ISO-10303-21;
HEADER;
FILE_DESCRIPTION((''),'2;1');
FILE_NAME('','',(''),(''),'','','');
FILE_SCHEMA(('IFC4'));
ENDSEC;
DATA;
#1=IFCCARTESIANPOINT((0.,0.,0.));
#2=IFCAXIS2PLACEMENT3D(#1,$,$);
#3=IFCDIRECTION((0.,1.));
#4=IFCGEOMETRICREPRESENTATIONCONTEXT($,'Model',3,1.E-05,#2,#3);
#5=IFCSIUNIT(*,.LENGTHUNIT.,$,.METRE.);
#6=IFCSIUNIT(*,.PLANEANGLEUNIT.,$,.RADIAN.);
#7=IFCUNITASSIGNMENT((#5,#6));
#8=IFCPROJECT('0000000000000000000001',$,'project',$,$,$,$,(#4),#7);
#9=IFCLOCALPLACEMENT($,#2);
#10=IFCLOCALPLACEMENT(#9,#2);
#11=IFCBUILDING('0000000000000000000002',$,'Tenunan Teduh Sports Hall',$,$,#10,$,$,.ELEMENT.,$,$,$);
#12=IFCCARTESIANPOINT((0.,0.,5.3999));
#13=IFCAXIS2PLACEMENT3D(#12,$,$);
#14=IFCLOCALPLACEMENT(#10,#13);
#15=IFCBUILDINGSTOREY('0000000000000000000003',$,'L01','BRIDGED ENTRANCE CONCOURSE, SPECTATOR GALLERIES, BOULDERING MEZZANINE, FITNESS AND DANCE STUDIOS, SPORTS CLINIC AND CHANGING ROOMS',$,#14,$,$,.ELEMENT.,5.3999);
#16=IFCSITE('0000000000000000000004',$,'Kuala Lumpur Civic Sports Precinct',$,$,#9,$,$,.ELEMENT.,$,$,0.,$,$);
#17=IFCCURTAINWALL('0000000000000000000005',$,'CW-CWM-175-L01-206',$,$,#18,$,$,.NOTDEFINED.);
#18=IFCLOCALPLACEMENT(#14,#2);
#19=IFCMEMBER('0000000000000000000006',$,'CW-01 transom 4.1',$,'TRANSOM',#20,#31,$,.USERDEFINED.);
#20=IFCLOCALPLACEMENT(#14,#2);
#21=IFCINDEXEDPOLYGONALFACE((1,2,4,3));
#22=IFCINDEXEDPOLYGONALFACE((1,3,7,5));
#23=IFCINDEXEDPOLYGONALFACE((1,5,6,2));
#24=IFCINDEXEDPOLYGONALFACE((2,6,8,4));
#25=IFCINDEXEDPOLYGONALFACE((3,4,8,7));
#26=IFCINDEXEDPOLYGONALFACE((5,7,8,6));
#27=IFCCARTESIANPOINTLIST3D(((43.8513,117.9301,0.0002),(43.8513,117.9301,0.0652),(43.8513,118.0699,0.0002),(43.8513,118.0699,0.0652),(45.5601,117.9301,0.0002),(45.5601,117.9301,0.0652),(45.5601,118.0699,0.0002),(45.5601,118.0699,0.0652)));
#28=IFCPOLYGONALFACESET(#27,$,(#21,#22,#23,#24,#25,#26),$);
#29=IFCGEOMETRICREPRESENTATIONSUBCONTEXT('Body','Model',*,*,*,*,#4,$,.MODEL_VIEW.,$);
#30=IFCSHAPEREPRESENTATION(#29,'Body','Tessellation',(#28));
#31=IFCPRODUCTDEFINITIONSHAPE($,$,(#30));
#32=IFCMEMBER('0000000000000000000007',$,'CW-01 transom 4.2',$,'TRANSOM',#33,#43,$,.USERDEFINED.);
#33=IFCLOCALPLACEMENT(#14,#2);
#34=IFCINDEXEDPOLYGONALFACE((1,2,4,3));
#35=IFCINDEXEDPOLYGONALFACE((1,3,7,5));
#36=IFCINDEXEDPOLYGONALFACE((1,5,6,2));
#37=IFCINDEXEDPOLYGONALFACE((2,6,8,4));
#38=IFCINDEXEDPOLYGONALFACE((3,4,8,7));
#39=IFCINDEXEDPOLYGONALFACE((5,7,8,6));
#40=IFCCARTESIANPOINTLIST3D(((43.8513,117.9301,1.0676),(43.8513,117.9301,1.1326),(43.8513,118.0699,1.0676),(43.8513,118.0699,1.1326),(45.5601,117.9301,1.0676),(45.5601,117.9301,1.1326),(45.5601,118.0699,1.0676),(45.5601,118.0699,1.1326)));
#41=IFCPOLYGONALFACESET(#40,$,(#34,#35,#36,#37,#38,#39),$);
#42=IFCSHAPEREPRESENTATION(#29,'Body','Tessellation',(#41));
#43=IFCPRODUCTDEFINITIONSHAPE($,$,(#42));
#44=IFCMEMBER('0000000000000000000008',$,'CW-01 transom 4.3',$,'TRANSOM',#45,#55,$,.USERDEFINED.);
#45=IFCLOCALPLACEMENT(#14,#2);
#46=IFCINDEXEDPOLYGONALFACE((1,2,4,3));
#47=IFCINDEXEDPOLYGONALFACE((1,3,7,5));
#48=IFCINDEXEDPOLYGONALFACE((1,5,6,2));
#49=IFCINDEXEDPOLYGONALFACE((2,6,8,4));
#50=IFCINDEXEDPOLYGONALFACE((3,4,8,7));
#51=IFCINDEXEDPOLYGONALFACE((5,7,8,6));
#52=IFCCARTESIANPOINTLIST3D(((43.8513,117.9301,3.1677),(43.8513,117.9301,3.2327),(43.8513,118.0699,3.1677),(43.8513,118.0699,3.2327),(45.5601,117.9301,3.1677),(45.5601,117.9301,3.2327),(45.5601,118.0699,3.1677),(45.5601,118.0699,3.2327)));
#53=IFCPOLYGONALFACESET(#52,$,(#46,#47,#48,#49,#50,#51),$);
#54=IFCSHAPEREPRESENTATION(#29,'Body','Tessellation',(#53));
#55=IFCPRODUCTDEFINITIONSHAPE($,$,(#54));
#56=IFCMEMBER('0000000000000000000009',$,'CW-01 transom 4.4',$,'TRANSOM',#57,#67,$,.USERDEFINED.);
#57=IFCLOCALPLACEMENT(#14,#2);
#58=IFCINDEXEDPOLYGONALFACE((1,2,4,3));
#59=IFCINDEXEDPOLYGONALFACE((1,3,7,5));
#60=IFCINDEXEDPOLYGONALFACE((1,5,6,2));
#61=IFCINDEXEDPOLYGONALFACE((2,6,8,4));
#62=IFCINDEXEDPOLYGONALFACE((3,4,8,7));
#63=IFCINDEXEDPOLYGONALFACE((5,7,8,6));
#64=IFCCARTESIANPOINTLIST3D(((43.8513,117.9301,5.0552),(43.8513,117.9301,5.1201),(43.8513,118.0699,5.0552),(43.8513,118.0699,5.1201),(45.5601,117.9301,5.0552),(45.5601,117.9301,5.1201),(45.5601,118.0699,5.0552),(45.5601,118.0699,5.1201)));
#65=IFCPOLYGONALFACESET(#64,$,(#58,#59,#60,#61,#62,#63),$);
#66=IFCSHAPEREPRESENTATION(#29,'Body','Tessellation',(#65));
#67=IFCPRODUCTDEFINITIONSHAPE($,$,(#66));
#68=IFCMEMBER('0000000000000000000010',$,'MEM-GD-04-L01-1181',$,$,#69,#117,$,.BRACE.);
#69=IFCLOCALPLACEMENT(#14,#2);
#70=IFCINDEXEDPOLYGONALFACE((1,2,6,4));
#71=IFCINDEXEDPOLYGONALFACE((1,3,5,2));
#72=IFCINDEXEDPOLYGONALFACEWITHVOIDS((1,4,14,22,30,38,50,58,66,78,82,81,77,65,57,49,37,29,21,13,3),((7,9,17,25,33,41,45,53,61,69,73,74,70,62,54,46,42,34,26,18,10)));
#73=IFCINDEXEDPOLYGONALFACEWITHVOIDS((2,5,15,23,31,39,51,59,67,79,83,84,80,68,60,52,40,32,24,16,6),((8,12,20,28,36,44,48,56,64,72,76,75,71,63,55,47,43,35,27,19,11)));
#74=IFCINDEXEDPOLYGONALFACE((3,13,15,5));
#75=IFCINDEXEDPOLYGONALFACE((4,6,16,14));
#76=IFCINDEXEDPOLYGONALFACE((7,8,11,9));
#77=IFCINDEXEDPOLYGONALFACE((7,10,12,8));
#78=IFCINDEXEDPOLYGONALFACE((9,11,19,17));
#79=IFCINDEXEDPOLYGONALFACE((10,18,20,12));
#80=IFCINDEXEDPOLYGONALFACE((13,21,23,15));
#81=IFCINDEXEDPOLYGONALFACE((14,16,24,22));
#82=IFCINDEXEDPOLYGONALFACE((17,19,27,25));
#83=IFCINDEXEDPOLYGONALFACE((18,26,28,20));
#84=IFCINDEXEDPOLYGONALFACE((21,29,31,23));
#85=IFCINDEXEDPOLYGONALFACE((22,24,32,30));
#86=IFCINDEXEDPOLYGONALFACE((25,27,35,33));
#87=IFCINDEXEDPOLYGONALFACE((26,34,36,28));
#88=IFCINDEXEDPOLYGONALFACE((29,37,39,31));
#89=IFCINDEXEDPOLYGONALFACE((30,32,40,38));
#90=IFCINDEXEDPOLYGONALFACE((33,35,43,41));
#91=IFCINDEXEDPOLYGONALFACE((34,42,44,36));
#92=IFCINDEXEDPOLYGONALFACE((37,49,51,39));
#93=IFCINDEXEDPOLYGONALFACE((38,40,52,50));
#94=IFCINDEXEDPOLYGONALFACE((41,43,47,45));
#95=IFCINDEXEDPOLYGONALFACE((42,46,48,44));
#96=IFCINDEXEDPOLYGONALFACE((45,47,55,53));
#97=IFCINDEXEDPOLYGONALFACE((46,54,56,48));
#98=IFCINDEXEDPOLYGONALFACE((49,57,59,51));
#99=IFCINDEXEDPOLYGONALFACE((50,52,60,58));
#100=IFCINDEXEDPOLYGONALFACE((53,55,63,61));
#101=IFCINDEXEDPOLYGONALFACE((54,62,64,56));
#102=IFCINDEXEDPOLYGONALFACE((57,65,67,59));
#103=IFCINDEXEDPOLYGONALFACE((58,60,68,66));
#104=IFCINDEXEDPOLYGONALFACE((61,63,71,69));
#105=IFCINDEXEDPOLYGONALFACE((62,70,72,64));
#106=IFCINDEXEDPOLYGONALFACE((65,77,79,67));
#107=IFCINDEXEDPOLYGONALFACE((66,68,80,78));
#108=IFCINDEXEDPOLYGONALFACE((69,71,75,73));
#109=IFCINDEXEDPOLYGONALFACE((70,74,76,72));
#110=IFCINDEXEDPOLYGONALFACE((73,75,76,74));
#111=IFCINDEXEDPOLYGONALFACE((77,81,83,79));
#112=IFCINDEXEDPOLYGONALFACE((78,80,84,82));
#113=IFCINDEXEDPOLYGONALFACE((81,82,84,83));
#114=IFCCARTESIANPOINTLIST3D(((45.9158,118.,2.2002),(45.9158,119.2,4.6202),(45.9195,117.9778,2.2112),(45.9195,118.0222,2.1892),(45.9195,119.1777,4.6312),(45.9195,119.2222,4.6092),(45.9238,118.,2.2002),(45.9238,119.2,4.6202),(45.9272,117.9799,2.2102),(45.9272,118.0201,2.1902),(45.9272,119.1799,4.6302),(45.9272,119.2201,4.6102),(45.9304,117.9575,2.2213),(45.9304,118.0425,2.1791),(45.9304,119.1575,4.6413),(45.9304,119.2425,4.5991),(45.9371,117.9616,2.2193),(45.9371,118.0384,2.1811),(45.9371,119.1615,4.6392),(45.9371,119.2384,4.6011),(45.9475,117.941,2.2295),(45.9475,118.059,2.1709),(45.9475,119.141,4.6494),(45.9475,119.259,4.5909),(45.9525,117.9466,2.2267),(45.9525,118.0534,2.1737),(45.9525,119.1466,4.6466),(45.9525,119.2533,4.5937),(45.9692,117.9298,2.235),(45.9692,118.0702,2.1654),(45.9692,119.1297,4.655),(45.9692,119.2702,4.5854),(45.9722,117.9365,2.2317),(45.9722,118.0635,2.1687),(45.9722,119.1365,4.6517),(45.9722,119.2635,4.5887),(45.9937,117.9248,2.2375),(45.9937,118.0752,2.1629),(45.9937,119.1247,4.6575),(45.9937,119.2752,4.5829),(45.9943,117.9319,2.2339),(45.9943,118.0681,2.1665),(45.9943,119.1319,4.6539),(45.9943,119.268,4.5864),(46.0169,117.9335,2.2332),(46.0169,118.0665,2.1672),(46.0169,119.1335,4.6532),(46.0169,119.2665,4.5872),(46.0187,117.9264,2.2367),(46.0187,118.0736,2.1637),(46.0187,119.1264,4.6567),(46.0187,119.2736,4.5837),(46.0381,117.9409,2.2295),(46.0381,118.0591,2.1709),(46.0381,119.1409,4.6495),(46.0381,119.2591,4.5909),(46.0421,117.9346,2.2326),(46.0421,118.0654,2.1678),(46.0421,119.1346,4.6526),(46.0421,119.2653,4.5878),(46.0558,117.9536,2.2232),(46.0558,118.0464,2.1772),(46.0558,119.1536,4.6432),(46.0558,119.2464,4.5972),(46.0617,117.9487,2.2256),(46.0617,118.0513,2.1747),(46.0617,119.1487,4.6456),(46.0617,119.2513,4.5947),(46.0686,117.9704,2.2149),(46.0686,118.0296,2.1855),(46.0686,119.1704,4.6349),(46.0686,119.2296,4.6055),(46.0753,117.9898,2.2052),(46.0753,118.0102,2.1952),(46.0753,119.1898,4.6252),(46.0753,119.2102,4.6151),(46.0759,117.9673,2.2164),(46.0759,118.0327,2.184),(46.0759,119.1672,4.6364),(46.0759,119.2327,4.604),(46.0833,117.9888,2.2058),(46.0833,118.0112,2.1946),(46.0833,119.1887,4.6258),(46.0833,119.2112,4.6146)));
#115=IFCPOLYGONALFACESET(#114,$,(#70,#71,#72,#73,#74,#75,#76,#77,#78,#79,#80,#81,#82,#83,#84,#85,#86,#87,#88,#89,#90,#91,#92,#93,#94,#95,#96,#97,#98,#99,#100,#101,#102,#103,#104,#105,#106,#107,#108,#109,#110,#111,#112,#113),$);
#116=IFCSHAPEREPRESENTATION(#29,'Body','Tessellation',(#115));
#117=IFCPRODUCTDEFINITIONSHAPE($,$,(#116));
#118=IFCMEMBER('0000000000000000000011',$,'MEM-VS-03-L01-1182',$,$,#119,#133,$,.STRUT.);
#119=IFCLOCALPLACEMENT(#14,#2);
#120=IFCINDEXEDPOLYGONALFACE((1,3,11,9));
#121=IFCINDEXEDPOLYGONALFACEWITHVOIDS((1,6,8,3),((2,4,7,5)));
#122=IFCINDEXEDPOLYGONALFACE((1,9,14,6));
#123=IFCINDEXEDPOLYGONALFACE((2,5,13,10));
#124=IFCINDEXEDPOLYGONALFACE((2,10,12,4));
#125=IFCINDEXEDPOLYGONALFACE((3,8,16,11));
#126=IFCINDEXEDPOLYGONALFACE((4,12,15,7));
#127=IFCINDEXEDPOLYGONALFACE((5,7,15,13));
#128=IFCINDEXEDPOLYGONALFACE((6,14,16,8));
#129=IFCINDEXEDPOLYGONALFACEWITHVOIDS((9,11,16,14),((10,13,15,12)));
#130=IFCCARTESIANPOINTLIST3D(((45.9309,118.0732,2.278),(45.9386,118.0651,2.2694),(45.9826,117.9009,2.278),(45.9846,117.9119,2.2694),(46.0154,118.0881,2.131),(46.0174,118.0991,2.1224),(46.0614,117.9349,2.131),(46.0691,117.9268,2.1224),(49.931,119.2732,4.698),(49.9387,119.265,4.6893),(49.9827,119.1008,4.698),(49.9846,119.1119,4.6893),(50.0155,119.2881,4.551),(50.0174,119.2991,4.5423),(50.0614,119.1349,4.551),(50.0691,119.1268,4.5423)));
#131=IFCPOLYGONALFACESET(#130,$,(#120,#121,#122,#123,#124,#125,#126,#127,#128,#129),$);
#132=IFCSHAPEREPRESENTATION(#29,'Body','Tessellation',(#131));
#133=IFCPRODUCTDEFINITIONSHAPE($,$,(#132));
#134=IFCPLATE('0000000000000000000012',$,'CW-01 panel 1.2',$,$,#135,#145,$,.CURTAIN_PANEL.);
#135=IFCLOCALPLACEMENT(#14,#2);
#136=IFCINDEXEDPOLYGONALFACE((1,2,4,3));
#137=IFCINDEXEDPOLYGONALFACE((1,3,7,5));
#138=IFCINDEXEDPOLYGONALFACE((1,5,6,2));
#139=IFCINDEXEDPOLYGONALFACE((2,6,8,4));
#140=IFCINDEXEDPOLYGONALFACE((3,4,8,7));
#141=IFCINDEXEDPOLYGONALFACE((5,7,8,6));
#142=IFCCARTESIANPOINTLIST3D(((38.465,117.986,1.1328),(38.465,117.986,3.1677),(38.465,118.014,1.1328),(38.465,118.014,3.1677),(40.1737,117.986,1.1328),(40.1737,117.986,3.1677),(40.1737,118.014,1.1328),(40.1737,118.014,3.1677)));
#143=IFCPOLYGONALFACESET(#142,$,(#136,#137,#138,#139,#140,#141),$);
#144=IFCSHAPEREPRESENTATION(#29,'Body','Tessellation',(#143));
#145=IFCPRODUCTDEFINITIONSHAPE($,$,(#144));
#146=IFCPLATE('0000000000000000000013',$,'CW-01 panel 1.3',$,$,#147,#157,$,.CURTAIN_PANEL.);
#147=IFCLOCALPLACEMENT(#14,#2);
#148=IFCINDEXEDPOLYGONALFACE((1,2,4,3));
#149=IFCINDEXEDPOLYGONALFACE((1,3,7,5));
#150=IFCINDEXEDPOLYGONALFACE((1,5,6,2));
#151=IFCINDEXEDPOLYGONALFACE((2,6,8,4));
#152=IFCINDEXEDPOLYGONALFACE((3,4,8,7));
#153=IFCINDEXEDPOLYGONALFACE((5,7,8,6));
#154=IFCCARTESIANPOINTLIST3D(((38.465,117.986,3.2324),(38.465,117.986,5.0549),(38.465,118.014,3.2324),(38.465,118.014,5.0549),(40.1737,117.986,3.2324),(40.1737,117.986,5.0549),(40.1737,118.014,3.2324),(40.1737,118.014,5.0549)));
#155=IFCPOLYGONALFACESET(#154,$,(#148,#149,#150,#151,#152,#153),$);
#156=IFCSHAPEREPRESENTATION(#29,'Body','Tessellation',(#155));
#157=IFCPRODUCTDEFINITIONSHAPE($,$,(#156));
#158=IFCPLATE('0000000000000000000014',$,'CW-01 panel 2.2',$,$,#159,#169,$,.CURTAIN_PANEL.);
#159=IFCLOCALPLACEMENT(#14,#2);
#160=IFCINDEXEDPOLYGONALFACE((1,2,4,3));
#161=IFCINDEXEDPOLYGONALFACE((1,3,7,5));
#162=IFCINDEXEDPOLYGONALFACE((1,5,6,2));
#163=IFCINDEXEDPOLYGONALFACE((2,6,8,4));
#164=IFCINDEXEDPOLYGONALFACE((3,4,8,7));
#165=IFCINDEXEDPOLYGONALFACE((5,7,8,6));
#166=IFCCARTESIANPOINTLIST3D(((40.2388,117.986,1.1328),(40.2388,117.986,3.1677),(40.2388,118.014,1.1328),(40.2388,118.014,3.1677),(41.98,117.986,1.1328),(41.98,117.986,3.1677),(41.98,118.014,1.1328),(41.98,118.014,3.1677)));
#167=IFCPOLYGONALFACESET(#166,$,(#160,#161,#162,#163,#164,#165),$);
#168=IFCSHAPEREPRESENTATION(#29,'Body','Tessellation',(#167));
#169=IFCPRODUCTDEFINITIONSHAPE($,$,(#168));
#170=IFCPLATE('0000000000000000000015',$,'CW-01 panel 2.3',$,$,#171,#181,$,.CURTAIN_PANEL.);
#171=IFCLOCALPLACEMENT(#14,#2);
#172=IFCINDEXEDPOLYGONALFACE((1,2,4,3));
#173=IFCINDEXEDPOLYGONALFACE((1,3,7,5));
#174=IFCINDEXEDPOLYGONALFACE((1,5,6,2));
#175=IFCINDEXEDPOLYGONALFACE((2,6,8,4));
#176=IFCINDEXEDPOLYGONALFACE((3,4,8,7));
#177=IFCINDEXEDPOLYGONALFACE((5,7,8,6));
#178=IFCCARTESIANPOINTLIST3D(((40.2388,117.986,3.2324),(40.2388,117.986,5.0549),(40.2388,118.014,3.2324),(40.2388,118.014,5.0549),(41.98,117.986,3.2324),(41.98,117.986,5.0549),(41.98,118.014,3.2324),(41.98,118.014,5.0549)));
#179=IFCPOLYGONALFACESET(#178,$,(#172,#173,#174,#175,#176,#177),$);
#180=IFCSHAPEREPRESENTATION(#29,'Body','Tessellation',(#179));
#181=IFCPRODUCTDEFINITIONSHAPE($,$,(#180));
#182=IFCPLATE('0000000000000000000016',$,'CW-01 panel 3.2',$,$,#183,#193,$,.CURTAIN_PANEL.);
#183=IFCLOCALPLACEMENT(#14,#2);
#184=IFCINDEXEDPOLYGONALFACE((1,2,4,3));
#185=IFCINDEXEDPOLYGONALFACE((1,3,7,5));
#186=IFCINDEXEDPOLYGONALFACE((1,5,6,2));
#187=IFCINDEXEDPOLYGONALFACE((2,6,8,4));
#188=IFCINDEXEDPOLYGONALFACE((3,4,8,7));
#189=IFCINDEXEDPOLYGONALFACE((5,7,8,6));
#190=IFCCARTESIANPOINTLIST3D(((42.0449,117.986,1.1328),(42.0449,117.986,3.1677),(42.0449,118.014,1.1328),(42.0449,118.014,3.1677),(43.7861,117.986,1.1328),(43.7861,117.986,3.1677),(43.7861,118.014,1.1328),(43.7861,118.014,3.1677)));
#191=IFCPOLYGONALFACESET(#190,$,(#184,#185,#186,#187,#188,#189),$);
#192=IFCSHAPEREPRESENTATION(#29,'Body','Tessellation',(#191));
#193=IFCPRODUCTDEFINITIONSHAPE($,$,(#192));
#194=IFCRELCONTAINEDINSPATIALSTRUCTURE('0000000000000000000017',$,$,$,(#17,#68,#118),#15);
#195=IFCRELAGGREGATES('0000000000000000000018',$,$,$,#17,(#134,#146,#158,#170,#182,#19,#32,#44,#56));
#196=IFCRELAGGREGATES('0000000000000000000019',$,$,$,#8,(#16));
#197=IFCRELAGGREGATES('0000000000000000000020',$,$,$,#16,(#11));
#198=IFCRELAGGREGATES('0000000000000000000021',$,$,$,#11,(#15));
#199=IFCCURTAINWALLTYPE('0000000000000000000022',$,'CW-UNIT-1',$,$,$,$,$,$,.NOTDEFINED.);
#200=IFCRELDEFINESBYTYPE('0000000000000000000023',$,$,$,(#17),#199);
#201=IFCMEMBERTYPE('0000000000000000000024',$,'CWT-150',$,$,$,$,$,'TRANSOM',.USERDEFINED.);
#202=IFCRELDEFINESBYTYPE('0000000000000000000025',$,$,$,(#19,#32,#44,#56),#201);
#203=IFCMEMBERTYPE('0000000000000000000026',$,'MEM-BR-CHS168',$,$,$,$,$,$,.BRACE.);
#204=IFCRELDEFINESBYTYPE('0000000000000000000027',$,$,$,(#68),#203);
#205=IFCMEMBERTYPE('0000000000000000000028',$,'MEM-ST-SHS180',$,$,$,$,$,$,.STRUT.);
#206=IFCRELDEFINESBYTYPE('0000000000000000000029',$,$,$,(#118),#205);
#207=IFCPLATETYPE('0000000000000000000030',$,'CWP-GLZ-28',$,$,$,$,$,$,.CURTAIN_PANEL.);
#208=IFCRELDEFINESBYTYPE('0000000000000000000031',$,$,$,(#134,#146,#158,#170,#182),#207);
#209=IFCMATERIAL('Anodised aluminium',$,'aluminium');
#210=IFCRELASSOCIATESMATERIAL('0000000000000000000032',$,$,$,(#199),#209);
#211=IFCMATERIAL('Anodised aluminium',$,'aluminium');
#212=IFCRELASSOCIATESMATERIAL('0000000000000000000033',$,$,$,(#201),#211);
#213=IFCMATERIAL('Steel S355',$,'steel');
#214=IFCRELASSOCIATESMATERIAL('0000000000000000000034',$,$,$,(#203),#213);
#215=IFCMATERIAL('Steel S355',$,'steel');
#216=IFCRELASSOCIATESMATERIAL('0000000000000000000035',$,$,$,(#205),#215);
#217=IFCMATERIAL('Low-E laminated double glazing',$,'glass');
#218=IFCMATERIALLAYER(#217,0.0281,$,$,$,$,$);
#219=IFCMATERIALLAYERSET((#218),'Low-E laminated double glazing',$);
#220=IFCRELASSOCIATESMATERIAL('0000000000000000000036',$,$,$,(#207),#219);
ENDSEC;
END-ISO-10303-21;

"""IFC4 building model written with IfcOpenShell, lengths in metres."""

from ifc_helpers import new_model, si_unit, direction, frame, origin, origin_2d, place, context, subcontext, project, spatial, rectangle, hollow_rectangle, hollow_circle, extrude, material, layer, layer_set, material_profile, profile_set, type_object, element, aggregate, save


model = new_model("IFC4")

# Units and contexts
model_context = context("Model", 3, precision=1e-05, world=origin(), true_north=direction((0.0, 1.0)))
body_context = subcontext(model_context, "Body", "Model", "MODEL_VIEW")
ifc_project = project(units=[si_unit("LENGTHUNIT", "METRE"), si_unit("PLANEANGLEUNIT", "RADIAN")], contexts=[model_context])

# Site, building, storey
site_placement = place(None, origin())
site = spatial("IfcSite", under=ifc_project, at=site_placement, Name="Kuala Lumpur Civic Sports Precinct", CompositionType="ELEMENT", RefElevation=0.0)
building_placement = place(site_placement, origin())
building = spatial("IfcBuilding", under=site, at=building_placement, Name="Tenunan Teduh Sports Hall", CompositionType="ELEMENT")
storey_placement = place(building_placement, frame((0.0, 0.0, 5.3999)))
storey = spatial("IfcBuildingStorey", under=building, at=storey_placement, Name="L01", Description="BRIDGED ENTRANCE CONCOURSE, SPECTATOR GALLERIES, BOULDERING MEZZANINE, FITNESS AND DANCE STUDIOS, SPORTS CLINIC AND CHANGING ROOMS", CompositionType="ELEMENT", Elevation=5.3999)

# Curtain wall, members
ifc_material_1 = material(Name="Anodised aluminium", Category="aluminium")
curtain_wall_type = type_object("IfcCurtainWallType", Name="CW-UNIT-1", PredefinedType="NOTDEFINED", material=ifc_material_1)
curtain_wall_placement = place(storey_placement, origin())
curtain_wall = element("IfcCurtainWall", 1, at=curtain_wall_placement, inside=storey, type_object=curtain_wall_type, Name="CW-CWM-175-L01-206", PredefinedType="NOTDEFINED")
ifc_material_2 = material(Name="Anodised aluminium", Category="aluminium")
ifc_material_profile_1 = material_profile(ifc_material_2, rectangle(XDim=0.0649, YDim=0.1399, at=origin_2d()), Name="CWT 65x140")
ifc_profile_set_1 = profile_set([ifc_material_profile_1], Name="Anodised aluminium")
member_type_1 = type_object("IfcMemberType", Name="CWT-150", ElementType="TRANSOM", PredefinedType="USERDEFINED", material=ifc_profile_set_1)
member_1_placement = place(storey_placement, frame((43.8513, 118.0, 0.0327), z_axis=(1.0, 0.0, 0.0), x_axis=(0.0, 0.0, 1.0)))
member_1 = element("IfcMember", 2, at=member_1_placement, type_object=member_type_1, Name="CW-01 transom 4.1", ObjectType="TRANSOM", PredefinedType="USERDEFINED", context=body_context, shape_type="SweptSolid", body=[
    extrude(rectangle(XDim=0.0649, YDim=0.1399, at=origin_2d()), origin(), (0.0, 0.0, 1.0), 1.7087),
])
member_2_placement = place(storey_placement, frame((43.8513, 118.0, 1.1001), z_axis=(1.0, 0.0, 0.0), x_axis=(0.0, 0.0, 1.0)))
member_2 = element("IfcMember", 3, at=member_2_placement, type_object=member_type_1, Name="CW-01 transom 4.2", ObjectType="TRANSOM", PredefinedType="USERDEFINED", context=body_context, shape_type="SweptSolid", body=[
    extrude(rectangle(XDim=0.0649, YDim=0.1399, at=origin_2d()), origin(), (0.0, 0.0, 1.0), 1.7087),
])
member_3_placement = place(storey_placement, frame((43.8513, 118.0, 3.2002), z_axis=(1.0, 0.0, 0.0), x_axis=(0.0, 0.0, 1.0)))
member_3 = element("IfcMember", 4, at=member_3_placement, type_object=member_type_1, Name="CW-01 transom 4.3", ObjectType="TRANSOM", PredefinedType="USERDEFINED", context=body_context, shape_type="SweptSolid", body=[
    extrude(rectangle(XDim=0.0649, YDim=0.1399, at=origin_2d()), origin(), (0.0, 0.0, 1.0), 1.7087),
])
member_4_placement = place(storey_placement, frame((43.8513, 118.0, 5.0876), z_axis=(1.0, 0.0, 0.0), x_axis=(0.0, 0.0, 1.0)))
member_4 = element("IfcMember", 5, at=member_4_placement, type_object=member_type_1, Name="CW-01 transom 4.4", ObjectType="TRANSOM", PredefinedType="USERDEFINED", context=body_context, shape_type="SweptSolid", body=[
    extrude(rectangle(XDim=0.0649, YDim=0.1399, at=origin_2d()), origin(), (0.0, 0.0, 1.0), 1.7087),
])

# Members
ifc_material_3 = material(Name="Steel S355", Category="steel")
ifc_material_profile_2 = material_profile(ifc_material_3, hollow_circle(Radius=0.0842, WallThickness=0.0081, at=origin_2d()), Name="CHS 168.3x8.0")
ifc_profile_set_2 = profile_set([ifc_material_profile_2], Name="Steel S355")
member_type_2 = type_object("IfcMemberType", Name="MEM-BR-CHS168", PredefinedType="BRACE", material=ifc_profile_set_2)
member_5_placement = place(storey_placement, frame((46.0, 118.0, 2.2002), z_axis=(0.0, 0.444246, 0.895905), x_axis=(-1.0, 0.0, 0.0)))
element("IfcMember", 6, at=member_5_placement, inside=storey, type_object=member_type_2, Name="MEM-GD-04-L01-1181", PredefinedType="BRACE", context=body_context, shape_type="SweptSolid", body=[
    extrude(hollow_circle(Radius=0.0842, WallThickness=0.0081, at=origin_2d()), origin(), (0.0, 0.0, 1.0), 2.7012),
])
ifc_material_4 = material(Name="Steel S355", Category="steel")
ifc_material_profile_3 = material_profile(ifc_material_4, hollow_rectangle(XDim=0.1799, YDim=0.1799, WallThickness=0.01, at=origin_2d()), Name="SHS 180x180x10.0")
ifc_profile_set_3 = profile_set([ifc_material_profile_3], Name="Steel S355")
member_type_3 = type_object("IfcMemberType", Name="MEM-ST-SHS180", PredefinedType="STRUT", material=ifc_profile_set_3)
member_6_placement = place(storey_placement, frame((46.0, 118.0, 2.2002), z_axis=(0.828744, 0.248613, 0.501374), x_axis=(-0.287337, 0.95783, 0.0)))
element("IfcMember", 7, at=member_6_placement, inside=storey, type_object=member_type_3, Name="MEM-VS-03-L01-1182", PredefinedType="STRUT", context=body_context, shape_type="SweptSolid", body=[
    extrude(hollow_rectangle(XDim=0.1799, YDim=0.1799, WallThickness=0.01, at=origin_2d()), origin(), (0.0, 0.0, 1.0), 4.8267),
])

# Plates
ifc_material_5 = material(Name="Low-E laminated double glazing", Category="glass")
ifc_layer_1 = layer(ifc_material_5, 0.0281)
ifc_layer_set_1 = layer_set([ifc_layer_1], Name="Low-E laminated double glazing")
plate_type_1 = type_object("IfcPlateType", Name="CWP-GLZ-28", PredefinedType="CURTAIN_PANEL", material=ifc_layer_set_1)
plate_1_placement = place(storey_placement, frame((39.3193, 118.0, 1.1328), z_axis=(0.0, 0.0, 1.0), x_axis=(1.0, 0.0, 0.0)))
plate_1 = element("IfcPlate", 8, at=plate_1_placement, type_object=plate_type_1, Name="CW-01 panel 1.2", PredefinedType="CURTAIN_PANEL", context=body_context, shape_type="SweptSolid", body=[
    extrude(rectangle(XDim=1.7087, YDim=0.0281, at=origin_2d()), origin(), (0.0, 0.0, 1.0), 2.0349),
])
plate_2_placement = place(storey_placement, frame((39.3193, 118.0, 3.2324), z_axis=(0.0, 0.0, 1.0), x_axis=(1.0, 0.0, 0.0)))
plate_2 = element("IfcPlate", 9, at=plate_2_placement, type_object=plate_type_1, Name="CW-01 panel 1.3", PredefinedType="CURTAIN_PANEL", context=body_context, shape_type="SweptSolid", body=[
    extrude(rectangle(XDim=1.7087, YDim=0.0281, at=origin_2d()), origin(), (0.0, 0.0, 1.0), 1.8225),
])
plate_3_placement = place(storey_placement, frame((41.1094, 118.0, 1.1328), z_axis=(0.0, 0.0, 1.0), x_axis=(1.0, 0.0, 0.0)))
plate_3 = element("IfcPlate", 10, at=plate_3_placement, type_object=plate_type_1, Name="CW-01 panel 2.2", PredefinedType="CURTAIN_PANEL", context=body_context, shape_type="SweptSolid", body=[
    extrude(rectangle(XDim=1.7412, YDim=0.0281, at=origin_2d()), origin(), (0.0, 0.0, 1.0), 2.0349),
])
plate_4_placement = place(storey_placement, frame((41.1094, 118.0, 3.2324), z_axis=(0.0, 0.0, 1.0), x_axis=(1.0, 0.0, 0.0)))
plate_4 = element("IfcPlate", 11, at=plate_4_placement, type_object=plate_type_1, Name="CW-01 panel 2.3", PredefinedType="CURTAIN_PANEL", context=body_context, shape_type="SweptSolid", body=[
    extrude(rectangle(XDim=1.7412, YDim=0.0281, at=origin_2d()), origin(), (0.0, 0.0, 1.0), 1.8225),
])
plate_5_placement = place(storey_placement, frame((42.9155, 118.0, 1.1328), z_axis=(0.0, 0.0, 1.0), x_axis=(1.0, 0.0, 0.0)))
plate_5 = element("IfcPlate", 12, at=plate_5_placement, type_object=plate_type_1, Name="CW-01 panel 3.2", PredefinedType="CURTAIN_PANEL", context=body_context, shape_type="SweptSolid", body=[
    extrude(rectangle(XDim=1.7412, YDim=0.0281, at=origin_2d()), origin(), (0.0, 0.0, 1.0), 2.0349),
])
aggregate(curtain_wall, [plate_1, plate_2, plate_3, plate_4, plate_5, member_1, member_2, member_3, member_4])

save(model, "model.ifc")
